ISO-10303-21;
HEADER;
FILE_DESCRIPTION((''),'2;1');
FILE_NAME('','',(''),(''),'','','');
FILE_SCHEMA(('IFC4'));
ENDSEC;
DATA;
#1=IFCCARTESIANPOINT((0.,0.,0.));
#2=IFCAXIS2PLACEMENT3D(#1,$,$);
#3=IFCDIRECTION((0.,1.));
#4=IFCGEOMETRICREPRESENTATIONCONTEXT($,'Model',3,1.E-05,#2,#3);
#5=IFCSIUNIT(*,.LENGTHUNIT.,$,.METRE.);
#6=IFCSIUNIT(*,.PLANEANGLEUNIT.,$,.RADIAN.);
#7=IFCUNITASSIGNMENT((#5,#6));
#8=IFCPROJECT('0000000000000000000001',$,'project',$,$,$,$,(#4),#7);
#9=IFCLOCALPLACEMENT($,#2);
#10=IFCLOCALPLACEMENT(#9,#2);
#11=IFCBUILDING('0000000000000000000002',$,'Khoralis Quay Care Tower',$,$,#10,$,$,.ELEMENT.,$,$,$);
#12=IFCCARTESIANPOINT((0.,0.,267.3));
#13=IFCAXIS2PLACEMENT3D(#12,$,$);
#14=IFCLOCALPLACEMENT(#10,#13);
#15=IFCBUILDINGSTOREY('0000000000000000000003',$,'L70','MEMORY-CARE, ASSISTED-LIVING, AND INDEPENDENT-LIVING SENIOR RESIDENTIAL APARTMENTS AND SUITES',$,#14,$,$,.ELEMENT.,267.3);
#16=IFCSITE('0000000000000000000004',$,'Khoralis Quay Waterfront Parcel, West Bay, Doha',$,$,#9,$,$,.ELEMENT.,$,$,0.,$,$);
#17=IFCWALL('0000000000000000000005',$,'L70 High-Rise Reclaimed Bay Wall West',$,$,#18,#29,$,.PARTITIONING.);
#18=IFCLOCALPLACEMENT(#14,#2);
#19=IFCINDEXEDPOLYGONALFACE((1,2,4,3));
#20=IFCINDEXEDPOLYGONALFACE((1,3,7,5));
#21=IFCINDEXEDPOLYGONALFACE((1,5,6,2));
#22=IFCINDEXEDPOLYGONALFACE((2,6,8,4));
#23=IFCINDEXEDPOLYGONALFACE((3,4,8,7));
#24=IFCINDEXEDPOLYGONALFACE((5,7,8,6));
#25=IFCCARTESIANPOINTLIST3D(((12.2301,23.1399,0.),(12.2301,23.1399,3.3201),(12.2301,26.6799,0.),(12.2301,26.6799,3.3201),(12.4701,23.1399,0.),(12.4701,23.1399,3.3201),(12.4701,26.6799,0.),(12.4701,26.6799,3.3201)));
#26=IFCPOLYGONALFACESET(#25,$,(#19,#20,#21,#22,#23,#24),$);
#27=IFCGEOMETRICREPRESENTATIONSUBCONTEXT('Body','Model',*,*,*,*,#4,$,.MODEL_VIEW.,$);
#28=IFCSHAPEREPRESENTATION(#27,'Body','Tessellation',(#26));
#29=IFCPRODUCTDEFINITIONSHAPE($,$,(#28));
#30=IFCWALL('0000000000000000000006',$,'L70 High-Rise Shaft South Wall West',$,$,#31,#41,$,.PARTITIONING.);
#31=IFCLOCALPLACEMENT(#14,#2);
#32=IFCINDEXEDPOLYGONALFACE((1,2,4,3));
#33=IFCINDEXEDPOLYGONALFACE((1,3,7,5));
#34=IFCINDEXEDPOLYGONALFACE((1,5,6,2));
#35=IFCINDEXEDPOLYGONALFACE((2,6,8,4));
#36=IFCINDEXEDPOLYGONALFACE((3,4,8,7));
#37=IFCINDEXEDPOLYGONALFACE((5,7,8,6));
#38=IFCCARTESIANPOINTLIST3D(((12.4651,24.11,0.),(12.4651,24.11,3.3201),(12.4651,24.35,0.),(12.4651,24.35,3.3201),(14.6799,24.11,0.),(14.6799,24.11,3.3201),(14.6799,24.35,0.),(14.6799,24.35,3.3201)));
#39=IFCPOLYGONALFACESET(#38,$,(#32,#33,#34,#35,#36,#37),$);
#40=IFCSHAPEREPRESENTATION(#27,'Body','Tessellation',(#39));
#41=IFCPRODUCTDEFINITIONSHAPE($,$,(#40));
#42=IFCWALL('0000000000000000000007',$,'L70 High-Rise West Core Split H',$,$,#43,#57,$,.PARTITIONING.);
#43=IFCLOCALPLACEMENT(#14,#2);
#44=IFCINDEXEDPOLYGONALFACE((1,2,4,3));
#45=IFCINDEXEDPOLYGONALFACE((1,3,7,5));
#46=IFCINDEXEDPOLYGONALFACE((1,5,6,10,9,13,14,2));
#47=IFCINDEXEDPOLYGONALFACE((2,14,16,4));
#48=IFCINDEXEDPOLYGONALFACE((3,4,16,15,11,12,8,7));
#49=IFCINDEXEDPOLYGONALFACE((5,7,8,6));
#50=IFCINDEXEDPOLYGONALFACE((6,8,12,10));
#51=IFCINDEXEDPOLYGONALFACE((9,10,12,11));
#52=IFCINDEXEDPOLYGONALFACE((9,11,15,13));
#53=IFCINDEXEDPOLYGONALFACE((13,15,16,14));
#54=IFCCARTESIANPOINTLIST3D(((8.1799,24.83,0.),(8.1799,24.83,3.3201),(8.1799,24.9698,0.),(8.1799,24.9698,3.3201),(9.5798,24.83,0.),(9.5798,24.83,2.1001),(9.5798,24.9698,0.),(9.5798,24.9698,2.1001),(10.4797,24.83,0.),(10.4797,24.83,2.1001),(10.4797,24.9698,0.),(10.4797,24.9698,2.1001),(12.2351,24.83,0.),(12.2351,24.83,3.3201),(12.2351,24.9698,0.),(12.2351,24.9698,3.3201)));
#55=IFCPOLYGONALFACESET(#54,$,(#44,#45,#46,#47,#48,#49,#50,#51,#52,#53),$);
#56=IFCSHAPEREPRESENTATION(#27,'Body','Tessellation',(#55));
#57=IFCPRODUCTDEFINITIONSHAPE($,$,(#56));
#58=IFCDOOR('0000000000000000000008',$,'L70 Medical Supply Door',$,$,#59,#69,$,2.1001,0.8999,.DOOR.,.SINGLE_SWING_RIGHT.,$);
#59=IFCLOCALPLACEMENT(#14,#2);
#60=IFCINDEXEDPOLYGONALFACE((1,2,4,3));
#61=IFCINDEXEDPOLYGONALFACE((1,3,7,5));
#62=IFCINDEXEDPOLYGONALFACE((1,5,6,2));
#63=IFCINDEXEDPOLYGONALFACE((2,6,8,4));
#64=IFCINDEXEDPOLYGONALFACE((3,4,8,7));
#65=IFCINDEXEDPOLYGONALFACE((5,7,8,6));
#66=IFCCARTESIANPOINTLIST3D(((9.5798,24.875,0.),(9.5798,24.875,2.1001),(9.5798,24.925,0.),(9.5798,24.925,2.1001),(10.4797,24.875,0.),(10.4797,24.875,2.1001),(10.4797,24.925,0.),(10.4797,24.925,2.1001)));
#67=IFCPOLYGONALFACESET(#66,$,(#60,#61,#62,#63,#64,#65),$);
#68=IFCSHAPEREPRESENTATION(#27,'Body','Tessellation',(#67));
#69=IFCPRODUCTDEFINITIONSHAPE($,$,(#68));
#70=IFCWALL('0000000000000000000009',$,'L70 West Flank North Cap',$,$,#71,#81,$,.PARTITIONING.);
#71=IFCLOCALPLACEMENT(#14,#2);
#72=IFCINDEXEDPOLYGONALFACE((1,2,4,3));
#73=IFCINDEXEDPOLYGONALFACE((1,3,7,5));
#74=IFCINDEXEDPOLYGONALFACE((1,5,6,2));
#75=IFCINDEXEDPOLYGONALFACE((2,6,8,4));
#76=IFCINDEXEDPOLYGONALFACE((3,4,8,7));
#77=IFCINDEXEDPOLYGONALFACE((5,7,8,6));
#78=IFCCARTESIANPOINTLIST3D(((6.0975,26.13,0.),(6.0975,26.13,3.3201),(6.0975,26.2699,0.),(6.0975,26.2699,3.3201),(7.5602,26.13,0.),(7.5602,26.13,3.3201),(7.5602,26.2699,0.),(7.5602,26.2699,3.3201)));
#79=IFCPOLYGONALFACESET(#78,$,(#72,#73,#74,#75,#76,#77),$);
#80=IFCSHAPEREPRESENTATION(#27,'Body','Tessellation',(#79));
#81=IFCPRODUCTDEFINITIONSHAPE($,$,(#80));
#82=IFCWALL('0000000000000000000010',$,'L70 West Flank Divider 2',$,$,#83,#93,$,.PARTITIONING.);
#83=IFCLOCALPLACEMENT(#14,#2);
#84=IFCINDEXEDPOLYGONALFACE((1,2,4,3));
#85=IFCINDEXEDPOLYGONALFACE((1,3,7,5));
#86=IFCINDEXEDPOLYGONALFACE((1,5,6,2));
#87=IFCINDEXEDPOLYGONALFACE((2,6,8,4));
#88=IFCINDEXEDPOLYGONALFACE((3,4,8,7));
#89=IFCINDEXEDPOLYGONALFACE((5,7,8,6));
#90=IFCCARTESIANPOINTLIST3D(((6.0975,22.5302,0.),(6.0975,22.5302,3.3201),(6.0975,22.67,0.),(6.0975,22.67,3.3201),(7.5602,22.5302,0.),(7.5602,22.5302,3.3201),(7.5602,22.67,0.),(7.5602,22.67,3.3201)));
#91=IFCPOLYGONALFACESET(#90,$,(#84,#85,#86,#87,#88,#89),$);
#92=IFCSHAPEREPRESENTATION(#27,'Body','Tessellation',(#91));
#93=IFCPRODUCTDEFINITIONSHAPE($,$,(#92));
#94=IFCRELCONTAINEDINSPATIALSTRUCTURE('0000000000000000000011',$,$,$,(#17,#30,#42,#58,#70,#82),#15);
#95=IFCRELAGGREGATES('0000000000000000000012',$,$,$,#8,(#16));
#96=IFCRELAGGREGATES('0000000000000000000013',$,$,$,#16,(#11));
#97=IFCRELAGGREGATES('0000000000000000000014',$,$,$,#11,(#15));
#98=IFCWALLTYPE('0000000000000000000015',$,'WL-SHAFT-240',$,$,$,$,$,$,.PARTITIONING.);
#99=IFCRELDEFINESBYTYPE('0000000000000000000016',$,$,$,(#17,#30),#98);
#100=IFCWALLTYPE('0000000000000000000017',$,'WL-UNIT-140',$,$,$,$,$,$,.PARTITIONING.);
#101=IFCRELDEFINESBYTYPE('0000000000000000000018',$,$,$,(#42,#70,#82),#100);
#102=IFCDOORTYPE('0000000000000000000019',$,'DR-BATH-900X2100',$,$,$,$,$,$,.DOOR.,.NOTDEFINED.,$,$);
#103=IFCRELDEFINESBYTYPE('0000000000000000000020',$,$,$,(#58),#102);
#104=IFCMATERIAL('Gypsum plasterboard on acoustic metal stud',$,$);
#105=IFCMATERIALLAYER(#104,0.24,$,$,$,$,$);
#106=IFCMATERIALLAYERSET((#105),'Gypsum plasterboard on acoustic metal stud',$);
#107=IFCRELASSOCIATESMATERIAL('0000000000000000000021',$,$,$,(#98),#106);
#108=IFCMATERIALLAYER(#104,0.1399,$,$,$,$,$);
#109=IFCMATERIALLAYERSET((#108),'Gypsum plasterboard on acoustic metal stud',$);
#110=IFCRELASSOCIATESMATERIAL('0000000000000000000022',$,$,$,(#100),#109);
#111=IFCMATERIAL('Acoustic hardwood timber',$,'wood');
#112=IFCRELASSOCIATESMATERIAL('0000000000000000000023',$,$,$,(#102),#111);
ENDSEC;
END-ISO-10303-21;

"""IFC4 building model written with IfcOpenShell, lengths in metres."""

from ifc_helpers import new_model, si_unit, direction, frame, frame_2d, origin, place, context, subcontext, project, spatial, rectangle, extrude, source, transform, mapped, material, layer, layer_set, type_object, element, fill, save


model = new_model("IFC4")

# Units and contexts
model_context = context("Model", 3, precision=1e-05, world=origin(), true_north=direction((0.0, 1.0)))
body_context = subcontext(model_context, "Body", "Model", "MODEL_VIEW")
ifc_project = project(units=[si_unit("LENGTHUNIT", "METRE"), si_unit("PLANEANGLEUNIT", "RADIAN")], contexts=[model_context])

# Site, building, storey
site_placement = place(None, origin())
site = spatial("IfcSite", under=ifc_project, at=site_placement, Name="Khoralis Quay Waterfront Parcel, West Bay, Doha", CompositionType="ELEMENT", RefElevation=0.0)
building_placement = place(site_placement, origin())
building = spatial("IfcBuilding", under=site, at=building_placement, Name="Khoralis Quay Care Tower", CompositionType="ELEMENT")
storey_placement = place(building_placement, frame((0.0, 0.0, 267.3)))
storey = spatial("IfcBuildingStorey", under=building, at=storey_placement, Name="L70", Description="MEMORY-CARE, ASSISTED-LIVING, AND INDEPENDENT-LIVING SENIOR RESIDENTIAL APARTMENTS AND SUITES", CompositionType="ELEMENT", Elevation=267.3)

# Shared definitions
ifc_material_1 = material(Name="Acoustic hardwood timber", Category="wood")

# Shared definitions
ifc_material_2 = material(Name="Gypsum plasterboard on acoustic metal stud")

# Walls
ifc_layer_1 = layer(ifc_material_2, 0.24)
ifc_layer_set_1 = layer_set([ifc_layer_1], Name="Gypsum plasterboard on acoustic metal stud")
wall_type_1 = type_object("IfcWallType", Name="WL-SHAFT-240", PredefinedType="PARTITIONING", material=ifc_layer_set_1)
wall_1_placement = place(storey_placement, frame((12.3501, 23.1399, 0.0), z_axis=(0.0, 0.0, 1.0), x_axis=(0.0, 1.0, 0.0)))
element("IfcWall", 1, at=wall_1_placement, inside=storey, type_object=wall_type_1, Name="L70 High-Rise Reclaimed Bay Wall West", PredefinedType="PARTITIONING", context=body_context, shape_type="SweptSolid", body=[
    extrude(rectangle(XDim=3.54, YDim=0.24, at=frame_2d((1.77, 0.0))), origin(), (0.0, 0.0, 1.0), 3.3201),
])
wall_2_placement = place(storey_placement, frame((12.4651, 24.23, 0.0), z_axis=(0.0, 0.0, 1.0), x_axis=(1.0, 0.0, 0.0)))
element("IfcWall", 2, at=wall_2_placement, inside=storey, type_object=wall_type_1, Name="L70 High-Rise Shaft South Wall West", PredefinedType="PARTITIONING", context=body_context, shape_type="SweptSolid", body=[
    extrude(rectangle(XDim=2.2148, YDim=0.24, at=frame_2d((1.1074, 0.0))), origin(), (0.0, 0.0, 1.0), 3.3201),
])

# Wall, opening, door
ifc_layer_2 = layer(ifc_material_2, 0.1399)
ifc_layer_set_2 = layer_set([ifc_layer_2], Name="Gypsum plasterboard on acoustic metal stud")
wall_type_2 = type_object("IfcWallType", Name="WL-UNIT-140", PredefinedType="PARTITIONING", material=ifc_layer_set_2)
wall_3_placement = place(storey_placement, frame((8.1799, 24.8999, 0.0), z_axis=(0.0, 0.0, 1.0), x_axis=(1.0, 0.0, 0.0)))
wall_3 = element("IfcWall", 3, at=wall_3_placement, inside=storey, type_object=wall_type_2, Name="L70 High-Rise West Core Split H", PredefinedType="PARTITIONING", context=body_context, shape_type="SweptSolid", body=[
    extrude(rectangle(XDim=4.0552, YDim=0.1399, at=frame_2d((2.0276, 0.0))), origin(), (0.0, 0.0, 1.0), 3.3201),
])
opening_1_placement = place(wall_3_placement, frame((1.3999, 0.0, 0.0)))
opening_1 = element("IfcOpeningElement", 4, at=opening_1_placement, cuts=wall_3, PredefinedType="OPENING", context=body_context, shape_type="SweptSolid", body=[
    extrude(rectangle(XDim=0.8999, YDim=2.1001, at=frame_2d((0.45, 1.05))), frame((0.0, 0.0801, 0.0), z_axis=(0.0, -1.0, 0.0), x_axis=(1.0, 0.0, 0.0)), (0.0, 0.0, 1.0), 0.1599),
])
door_type_1 = type_object("IfcDoorType", Name="DR-BATH-900X2100", OperationType="NOTDEFINED", PredefinedType="DOOR", material=ifc_material_1)
shared_shape_1 = source(origin(), body_context, "Body", "SweptSolid", [
    extrude(rectangle(XDim=0.8999, YDim=2.1001, at=frame_2d((0.45, 1.05))), frame((0.0, 0.0249, 0.0), z_axis=(0.0, -1.0, 0.0), x_axis=(1.0, 0.0, 0.0)), (0.0, 0.0, 1.0), 0.05),
])
door_1_placement = place(opening_1_placement, frame((0.8999, 0.0, 0.0), z_axis=(0.0, 0.0, 1.0), x_axis=(-1.0, 0.0, 0.0)))
door_1 = element("IfcDoor", 5, at=door_1_placement, inside=storey, type_object=door_type_1, Name="L70 Medical Supply Door", OperationType="SINGLE_SWING_RIGHT", OverallHeight=2.1001, OverallWidth=0.8999, PredefinedType="DOOR", context=body_context, shape_type="MappedRepresentation", body=[
    mapped(shared_shape_1, transform((0.0, 0.0, 0.0), scale=1.0)),
])
fill(opening_1, door_1)

# Walls
for number, where, z_axis, x_axis, name in (
    (6, (6.0974, 26.2, 0.0), (0.0, 0.0, 1.0), (1.0, 0.0, 0.0), "L70 West Flank North Cap"),
    (7, (6.0974, 22.6001, 0.0), (0.0, 0.0, 1.0), (1.0, 0.0, 0.0), "L70 West Flank Divider 2"),
):
    element("IfcWall", number, at=place(storey_placement, frame(where, z_axis=z_axis, x_axis=x_axis)), inside=storey, type_object=wall_type_2, Name=name, PredefinedType="PARTITIONING", context=body_context, shape_type="SweptSolid", body=[
        extrude(rectangle(XDim=1.4626, YDim=0.1399, at=frame_2d((0.7314, 0.0))), origin(), (0.0, 0.0, 1.0), 3.3201),
    ])

save(model, "model.ifc")
